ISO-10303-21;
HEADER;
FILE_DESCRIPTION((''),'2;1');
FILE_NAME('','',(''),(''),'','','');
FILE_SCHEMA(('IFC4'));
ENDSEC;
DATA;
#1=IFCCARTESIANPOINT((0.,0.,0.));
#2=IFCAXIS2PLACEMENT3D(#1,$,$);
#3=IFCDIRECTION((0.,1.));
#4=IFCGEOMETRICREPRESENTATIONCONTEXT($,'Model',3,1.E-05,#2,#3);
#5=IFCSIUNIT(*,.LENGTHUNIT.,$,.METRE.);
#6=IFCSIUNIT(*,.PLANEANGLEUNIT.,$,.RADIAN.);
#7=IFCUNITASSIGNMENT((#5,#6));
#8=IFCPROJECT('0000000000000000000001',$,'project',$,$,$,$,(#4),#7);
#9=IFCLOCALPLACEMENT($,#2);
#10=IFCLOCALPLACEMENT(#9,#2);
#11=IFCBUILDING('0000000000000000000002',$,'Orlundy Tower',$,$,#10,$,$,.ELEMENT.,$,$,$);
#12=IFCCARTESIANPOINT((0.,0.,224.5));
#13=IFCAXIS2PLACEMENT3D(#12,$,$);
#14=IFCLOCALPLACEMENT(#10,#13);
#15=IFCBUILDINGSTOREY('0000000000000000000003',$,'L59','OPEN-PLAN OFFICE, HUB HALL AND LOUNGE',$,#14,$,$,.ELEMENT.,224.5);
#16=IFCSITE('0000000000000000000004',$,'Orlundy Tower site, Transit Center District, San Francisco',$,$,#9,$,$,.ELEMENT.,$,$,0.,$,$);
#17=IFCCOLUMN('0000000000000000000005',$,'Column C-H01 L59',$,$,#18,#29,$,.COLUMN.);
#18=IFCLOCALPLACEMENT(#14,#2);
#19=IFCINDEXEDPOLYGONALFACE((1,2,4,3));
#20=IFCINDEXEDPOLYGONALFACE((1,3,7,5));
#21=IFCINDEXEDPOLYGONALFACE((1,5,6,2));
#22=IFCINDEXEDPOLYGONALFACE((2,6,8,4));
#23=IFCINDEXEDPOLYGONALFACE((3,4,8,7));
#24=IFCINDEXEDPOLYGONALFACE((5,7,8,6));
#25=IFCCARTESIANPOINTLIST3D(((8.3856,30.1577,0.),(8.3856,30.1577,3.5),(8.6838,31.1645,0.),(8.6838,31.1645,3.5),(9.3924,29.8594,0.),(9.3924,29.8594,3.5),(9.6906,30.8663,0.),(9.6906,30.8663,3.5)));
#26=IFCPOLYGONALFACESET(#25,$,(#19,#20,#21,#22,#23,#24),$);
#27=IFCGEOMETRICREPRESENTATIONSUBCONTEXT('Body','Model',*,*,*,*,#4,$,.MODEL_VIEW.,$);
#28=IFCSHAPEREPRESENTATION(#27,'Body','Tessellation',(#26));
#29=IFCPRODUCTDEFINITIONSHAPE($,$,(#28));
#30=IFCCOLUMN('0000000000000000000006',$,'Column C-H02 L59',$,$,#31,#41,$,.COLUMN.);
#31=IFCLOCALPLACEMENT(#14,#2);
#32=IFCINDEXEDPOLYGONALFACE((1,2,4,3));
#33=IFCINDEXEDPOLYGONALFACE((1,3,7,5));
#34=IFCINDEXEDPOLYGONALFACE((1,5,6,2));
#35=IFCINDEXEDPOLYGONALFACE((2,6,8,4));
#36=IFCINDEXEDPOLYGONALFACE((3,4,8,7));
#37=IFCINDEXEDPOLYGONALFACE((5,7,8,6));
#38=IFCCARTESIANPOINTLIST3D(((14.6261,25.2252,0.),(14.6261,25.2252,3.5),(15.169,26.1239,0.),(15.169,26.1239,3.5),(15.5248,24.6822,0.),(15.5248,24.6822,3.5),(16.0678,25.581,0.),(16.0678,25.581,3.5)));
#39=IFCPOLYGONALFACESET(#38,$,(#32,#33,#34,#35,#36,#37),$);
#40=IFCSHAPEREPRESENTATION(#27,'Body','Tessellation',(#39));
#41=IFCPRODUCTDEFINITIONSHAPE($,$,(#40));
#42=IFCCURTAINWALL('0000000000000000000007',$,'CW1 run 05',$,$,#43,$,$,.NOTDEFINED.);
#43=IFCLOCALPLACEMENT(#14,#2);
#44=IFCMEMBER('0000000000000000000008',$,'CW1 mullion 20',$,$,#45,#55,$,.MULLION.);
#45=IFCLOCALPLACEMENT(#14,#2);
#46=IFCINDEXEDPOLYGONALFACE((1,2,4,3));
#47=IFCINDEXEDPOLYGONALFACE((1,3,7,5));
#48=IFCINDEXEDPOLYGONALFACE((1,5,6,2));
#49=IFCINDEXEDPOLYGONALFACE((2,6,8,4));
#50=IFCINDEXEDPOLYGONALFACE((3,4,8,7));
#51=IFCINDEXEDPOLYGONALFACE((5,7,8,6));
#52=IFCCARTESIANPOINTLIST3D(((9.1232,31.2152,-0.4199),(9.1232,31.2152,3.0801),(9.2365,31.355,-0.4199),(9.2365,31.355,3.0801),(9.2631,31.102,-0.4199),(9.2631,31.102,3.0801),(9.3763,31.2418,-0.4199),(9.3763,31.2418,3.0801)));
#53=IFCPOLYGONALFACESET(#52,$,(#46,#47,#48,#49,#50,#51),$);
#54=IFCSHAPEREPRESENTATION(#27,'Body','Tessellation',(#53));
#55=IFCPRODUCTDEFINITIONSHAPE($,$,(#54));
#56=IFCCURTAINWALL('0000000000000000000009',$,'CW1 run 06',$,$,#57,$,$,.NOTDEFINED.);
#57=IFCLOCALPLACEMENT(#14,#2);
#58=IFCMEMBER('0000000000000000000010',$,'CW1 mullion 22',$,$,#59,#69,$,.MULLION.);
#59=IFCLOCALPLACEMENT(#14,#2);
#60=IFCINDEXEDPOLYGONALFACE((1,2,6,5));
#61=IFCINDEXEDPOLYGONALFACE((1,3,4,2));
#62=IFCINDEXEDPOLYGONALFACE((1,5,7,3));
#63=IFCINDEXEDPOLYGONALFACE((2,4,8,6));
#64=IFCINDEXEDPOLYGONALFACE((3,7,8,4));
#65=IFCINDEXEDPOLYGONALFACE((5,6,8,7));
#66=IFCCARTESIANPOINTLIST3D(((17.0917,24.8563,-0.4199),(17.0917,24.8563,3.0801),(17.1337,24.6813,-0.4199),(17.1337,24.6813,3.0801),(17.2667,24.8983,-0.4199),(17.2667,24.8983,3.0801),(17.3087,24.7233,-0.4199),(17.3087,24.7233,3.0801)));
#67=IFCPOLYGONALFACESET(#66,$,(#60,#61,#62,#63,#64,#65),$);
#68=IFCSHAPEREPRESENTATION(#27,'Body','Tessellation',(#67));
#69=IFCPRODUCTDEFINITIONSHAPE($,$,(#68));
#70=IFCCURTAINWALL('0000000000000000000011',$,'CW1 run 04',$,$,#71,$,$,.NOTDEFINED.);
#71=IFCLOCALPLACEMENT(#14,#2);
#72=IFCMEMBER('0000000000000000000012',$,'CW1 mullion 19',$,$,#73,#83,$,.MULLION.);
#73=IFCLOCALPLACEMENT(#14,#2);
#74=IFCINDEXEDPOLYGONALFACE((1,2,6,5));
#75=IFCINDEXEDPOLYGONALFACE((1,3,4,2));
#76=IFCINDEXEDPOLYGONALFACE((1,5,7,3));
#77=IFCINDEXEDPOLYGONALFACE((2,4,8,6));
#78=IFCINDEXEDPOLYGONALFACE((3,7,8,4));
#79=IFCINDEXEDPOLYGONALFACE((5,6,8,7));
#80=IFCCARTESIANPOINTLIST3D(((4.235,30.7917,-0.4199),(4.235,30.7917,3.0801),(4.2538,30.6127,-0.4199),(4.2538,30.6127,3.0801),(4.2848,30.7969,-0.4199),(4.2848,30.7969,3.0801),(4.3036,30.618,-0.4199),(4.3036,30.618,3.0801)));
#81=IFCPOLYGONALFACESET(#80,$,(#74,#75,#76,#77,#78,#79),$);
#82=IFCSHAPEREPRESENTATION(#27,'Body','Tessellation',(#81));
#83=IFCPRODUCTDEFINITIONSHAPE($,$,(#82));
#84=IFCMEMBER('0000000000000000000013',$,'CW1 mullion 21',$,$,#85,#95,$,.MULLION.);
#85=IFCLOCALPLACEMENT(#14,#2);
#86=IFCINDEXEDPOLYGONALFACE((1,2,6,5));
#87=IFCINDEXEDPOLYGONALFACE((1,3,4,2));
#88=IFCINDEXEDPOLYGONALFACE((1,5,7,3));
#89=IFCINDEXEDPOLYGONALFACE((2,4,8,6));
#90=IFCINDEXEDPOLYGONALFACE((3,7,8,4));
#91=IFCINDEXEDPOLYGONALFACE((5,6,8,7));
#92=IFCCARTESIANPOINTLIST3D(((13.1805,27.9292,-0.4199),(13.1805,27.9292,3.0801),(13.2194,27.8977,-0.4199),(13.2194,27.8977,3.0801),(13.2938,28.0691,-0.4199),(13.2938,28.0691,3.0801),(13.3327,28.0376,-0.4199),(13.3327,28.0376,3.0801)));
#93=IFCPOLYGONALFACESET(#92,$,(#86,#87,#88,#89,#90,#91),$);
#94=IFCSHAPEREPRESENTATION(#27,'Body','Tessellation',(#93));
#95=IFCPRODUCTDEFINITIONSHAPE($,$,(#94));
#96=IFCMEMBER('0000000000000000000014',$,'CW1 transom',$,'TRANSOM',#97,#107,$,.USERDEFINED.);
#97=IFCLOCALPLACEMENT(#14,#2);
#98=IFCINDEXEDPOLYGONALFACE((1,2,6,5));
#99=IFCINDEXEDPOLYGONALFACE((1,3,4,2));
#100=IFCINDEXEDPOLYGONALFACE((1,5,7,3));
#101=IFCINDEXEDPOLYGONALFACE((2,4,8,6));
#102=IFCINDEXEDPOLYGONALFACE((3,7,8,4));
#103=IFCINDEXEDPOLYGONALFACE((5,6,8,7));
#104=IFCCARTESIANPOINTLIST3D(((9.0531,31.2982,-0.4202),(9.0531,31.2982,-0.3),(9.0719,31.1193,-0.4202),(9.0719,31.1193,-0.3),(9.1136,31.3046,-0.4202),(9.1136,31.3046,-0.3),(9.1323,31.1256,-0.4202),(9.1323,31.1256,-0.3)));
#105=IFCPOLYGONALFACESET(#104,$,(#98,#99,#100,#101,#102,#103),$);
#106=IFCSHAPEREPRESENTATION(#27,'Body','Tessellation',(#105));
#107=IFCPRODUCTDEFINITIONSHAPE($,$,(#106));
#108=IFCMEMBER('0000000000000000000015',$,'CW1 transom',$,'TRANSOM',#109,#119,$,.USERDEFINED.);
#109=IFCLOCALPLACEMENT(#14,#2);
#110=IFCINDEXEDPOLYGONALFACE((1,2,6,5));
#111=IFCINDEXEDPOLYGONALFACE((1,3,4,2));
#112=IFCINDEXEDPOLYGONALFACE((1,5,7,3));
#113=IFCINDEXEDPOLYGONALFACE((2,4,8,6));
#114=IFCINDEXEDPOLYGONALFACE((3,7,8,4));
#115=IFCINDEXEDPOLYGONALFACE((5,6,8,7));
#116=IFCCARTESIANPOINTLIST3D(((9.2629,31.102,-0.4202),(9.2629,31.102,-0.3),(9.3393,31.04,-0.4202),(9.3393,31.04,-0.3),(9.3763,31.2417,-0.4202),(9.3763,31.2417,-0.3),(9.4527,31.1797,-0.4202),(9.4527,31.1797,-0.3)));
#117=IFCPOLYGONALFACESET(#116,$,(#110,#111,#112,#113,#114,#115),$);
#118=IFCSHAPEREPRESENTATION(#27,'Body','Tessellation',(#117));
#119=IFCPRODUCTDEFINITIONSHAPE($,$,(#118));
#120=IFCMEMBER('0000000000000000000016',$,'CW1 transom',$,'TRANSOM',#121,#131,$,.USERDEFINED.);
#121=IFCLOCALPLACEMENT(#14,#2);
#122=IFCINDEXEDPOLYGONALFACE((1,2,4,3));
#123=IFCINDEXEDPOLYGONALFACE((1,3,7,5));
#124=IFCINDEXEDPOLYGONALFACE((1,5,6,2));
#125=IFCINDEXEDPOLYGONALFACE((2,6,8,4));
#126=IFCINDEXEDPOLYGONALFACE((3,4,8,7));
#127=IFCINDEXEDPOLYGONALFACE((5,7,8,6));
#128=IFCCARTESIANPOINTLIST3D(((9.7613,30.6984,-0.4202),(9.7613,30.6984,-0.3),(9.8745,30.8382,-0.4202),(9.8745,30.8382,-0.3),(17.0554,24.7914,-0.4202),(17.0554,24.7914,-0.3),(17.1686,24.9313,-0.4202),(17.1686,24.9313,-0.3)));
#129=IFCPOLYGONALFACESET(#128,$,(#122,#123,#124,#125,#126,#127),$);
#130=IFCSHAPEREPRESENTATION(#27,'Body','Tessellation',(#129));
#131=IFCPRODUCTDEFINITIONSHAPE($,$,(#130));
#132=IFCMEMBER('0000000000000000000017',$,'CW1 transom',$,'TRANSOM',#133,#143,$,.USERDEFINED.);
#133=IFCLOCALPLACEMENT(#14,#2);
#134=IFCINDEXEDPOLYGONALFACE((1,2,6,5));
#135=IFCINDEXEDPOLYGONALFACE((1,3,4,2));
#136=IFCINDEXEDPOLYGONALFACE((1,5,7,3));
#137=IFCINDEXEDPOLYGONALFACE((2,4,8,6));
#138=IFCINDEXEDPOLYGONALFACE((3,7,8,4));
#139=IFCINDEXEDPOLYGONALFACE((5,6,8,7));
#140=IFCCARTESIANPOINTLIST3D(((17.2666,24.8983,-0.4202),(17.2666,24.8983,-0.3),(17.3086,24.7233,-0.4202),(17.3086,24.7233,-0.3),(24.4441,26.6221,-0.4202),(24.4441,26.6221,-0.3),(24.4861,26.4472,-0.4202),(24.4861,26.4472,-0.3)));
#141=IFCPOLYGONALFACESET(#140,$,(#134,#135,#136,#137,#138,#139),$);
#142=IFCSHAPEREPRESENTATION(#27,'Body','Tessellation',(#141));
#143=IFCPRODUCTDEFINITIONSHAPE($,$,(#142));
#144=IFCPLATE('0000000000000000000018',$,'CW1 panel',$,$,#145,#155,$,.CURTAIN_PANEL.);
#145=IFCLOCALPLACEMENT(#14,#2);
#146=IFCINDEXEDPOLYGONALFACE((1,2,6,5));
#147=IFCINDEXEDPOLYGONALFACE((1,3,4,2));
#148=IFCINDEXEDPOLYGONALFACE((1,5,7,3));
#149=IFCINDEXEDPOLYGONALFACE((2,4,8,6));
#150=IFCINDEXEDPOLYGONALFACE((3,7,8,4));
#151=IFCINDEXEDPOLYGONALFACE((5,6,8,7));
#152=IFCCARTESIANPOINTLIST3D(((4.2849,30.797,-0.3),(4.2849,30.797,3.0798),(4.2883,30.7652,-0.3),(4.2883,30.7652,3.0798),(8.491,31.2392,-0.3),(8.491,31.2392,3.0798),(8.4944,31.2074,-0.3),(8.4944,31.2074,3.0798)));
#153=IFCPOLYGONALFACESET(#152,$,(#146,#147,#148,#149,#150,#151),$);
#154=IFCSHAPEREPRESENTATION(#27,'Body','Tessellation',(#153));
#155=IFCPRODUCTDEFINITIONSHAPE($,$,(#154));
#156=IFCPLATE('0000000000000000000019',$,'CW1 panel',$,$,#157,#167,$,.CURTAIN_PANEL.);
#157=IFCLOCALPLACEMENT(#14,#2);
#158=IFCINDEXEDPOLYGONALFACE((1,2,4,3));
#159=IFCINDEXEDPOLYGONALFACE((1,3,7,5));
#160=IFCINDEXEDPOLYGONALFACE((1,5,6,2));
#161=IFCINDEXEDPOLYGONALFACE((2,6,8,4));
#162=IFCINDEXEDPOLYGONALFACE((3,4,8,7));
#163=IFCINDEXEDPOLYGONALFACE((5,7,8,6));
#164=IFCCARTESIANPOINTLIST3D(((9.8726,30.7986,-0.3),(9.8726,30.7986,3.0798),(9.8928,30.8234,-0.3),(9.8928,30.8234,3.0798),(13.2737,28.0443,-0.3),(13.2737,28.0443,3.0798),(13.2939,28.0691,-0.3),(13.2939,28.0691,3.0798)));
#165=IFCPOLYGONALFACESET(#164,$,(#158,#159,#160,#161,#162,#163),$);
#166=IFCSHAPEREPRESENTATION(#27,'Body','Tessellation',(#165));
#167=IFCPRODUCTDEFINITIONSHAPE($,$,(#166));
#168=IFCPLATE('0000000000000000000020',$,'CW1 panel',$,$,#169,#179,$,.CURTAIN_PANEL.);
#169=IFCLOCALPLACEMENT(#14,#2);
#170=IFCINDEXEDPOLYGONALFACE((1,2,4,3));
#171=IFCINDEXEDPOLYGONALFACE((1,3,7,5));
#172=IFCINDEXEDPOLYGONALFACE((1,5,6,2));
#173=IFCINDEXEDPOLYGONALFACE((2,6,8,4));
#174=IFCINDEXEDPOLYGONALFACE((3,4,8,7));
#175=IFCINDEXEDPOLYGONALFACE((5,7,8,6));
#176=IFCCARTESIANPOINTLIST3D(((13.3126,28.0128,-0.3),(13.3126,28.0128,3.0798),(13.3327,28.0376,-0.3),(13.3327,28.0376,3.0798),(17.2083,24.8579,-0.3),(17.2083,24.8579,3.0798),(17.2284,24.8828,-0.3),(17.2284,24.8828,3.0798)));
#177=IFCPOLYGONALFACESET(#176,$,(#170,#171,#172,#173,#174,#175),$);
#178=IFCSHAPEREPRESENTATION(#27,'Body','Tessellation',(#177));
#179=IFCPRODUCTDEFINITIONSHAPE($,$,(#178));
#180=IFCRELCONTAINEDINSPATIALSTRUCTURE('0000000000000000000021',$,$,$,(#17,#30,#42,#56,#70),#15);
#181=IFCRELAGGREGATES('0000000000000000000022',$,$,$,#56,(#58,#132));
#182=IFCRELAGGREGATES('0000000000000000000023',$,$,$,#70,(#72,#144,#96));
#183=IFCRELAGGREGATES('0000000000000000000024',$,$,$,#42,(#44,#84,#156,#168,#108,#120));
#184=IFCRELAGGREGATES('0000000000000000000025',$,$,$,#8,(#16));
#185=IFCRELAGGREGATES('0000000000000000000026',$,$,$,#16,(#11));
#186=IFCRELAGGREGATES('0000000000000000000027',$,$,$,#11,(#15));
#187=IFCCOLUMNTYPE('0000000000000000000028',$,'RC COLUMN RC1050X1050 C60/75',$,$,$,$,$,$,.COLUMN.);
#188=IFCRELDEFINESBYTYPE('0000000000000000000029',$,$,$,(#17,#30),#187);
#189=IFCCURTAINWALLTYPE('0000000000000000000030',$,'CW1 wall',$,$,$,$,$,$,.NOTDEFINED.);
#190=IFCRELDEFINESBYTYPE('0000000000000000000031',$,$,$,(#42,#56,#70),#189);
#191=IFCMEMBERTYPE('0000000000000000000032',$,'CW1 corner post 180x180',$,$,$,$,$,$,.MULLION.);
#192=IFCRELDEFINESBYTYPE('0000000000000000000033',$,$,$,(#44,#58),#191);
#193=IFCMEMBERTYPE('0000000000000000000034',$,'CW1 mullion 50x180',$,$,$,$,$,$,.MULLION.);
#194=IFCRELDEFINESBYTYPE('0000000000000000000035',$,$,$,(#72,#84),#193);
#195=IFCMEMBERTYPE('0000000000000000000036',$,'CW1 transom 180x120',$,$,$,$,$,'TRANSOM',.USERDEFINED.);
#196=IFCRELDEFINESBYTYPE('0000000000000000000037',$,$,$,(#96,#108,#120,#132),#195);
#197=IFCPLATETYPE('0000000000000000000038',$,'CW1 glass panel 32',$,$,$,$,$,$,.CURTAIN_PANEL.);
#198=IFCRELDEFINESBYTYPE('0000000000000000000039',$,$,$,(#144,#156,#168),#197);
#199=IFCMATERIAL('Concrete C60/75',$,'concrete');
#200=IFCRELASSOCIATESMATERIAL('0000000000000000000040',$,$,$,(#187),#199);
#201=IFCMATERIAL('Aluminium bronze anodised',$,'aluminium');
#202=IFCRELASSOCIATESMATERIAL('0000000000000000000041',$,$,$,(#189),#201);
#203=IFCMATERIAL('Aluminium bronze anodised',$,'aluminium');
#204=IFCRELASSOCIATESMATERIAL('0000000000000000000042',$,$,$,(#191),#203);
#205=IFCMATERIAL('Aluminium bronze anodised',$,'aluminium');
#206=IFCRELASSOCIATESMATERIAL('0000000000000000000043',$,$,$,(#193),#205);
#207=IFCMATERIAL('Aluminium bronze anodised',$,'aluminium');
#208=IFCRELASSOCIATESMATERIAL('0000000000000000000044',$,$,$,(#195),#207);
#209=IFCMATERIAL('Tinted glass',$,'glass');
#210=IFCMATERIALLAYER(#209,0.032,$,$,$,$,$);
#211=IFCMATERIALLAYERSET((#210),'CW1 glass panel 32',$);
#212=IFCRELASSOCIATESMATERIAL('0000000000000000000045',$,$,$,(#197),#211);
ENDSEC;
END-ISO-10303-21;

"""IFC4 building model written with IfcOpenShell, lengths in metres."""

from ifc_helpers import new_model, si_unit, direction, frame, origin, origin_2d, place, context, subcontext, project, spatial, rectangle, extrude, material, layer, layer_set, material_profile, profile_set, type_object, element, aggregate, save


model = new_model("IFC4")

# Units and contexts
model_context = context("Model", 3, precision=1e-05, world=origin(), true_north=direction((0.0, 1.0)))
body_context = subcontext(model_context, "Body", "Model", "MODEL_VIEW")
ifc_project = project(units=[si_unit("LENGTHUNIT", "METRE"), si_unit("PLANEANGLEUNIT", "RADIAN")], contexts=[model_context])

# Site, building, storey
site_placement = place(None, origin())
site = spatial("IfcSite", under=ifc_project, at=site_placement, Name="Orlundy Tower site, Transit Center District, San Francisco", CompositionType="ELEMENT", RefElevation=0.0)
building_placement = place(site_placement, origin())
building = spatial("IfcBuilding", under=site, at=building_placement, Name="Orlundy Tower", CompositionType="ELEMENT")
storey_placement = place(building_placement, frame((0.0, 0.0, 224.5)))
storey = spatial("IfcBuildingStorey", under=building, at=storey_placement, Name="L59", Description="OPEN-PLAN OFFICE, HUB HALL AND LOUNGE", CompositionType="ELEMENT", Elevation=224.5)

# Columns
ifc_material_1 = material(Name="Concrete C60/75", Category="concrete")
ifc_material_profile_1 = material_profile(ifc_material_1, rectangle(XDim=1.05, YDim=1.05, at=origin_2d()), Name="RC1050X1050")
ifc_profile_set_1 = profile_set([ifc_material_profile_1], Name="Concrete C60/75")
column_type = type_object("IfcColumnType", Name="RC COLUMN RC1050X1050 C60/75", PredefinedType="COLUMN", material=ifc_profile_set_1)
for number, where, z_axis, x_axis, name in (
    (1, (9.0381, 30.512, 0.0), (0.0, 0.0, 1.0), (0.284015, 0.95882, 0.0), "Column C-H01 L59"),
    (2, (15.3469, 25.4031, 0.0), (0.0, 0.0, 1.0), (0.517101, 0.855924, 0.0), "Column C-H02 L59"),
):
    element("IfcColumn", number, at=place(storey_placement, frame(where, z_axis=z_axis, x_axis=x_axis)), inside=storey, type_object=column_type, Name=name, PredefinedType="COLUMN", context=body_context, shape_type="SweptSolid", body=[
        extrude(rectangle(XDim=1.05, YDim=1.05, at=origin_2d()), origin(), (0.0, 0.0, 1.0), 3.5),
    ])

# Curtain walls, members
ifc_material_2 = material(Name="Aluminium bronze anodised", Category="aluminium")
curtain_wall_type = type_object("IfcCurtainWallType", Name="CW1 wall", PredefinedType="NOTDEFINED", material=ifc_material_2)
curtain_wall_1_placement = place(storey_placement, origin())
curtain_wall_1 = element("IfcCurtainWall", 3, at=curtain_wall_1_placement, inside=storey, type_object=curtain_wall_type, Name="CW1 run 05", PredefinedType="NOTDEFINED")
ifc_material_3 = material(Name="Aluminium bronze anodised", Category="aluminium")
ifc_material_profile_2 = material_profile(ifc_material_3, rectangle(XDim=0.1799, YDim=0.1799, at=origin_2d()), Name="CW1 corner post 180x180")
ifc_profile_set_2 = profile_set([ifc_material_profile_2], Name="Aluminium bronze anodised")
member_type_1 = type_object("IfcMemberType", Name="CW1 corner post 180x180", PredefinedType="MULLION", material=ifc_profile_set_2)
member_1_placement = place(storey_placement, frame((9.2498, 31.2285, -0.4199), z_axis=(0.0, 0.0, 1.0), x_axis=(0.629342, 0.777129, 0.0)))
member_1 = element("IfcMember", 4, at=member_1_placement, type_object=member_type_1, Name="CW1 mullion 20", PredefinedType="MULLION", context=body_context, shape_type="SweptSolid", body=[
    extrude(rectangle(XDim=0.1799, YDim=0.1799, at=origin_2d()), origin(), (0.0, 0.0, 1.0), 3.5),
])
curtain_wall_2_placement = place(storey_placement, origin())
curtain_wall_2 = element("IfcCurtainWall", 5, at=curtain_wall_2_placement, inside=storey, type_object=curtain_wall_type, Name="CW1 run 06", PredefinedType="NOTDEFINED")
member_2_placement = place(storey_placement, frame((17.2002, 24.7898, -0.4199), z_axis=(0.0, 0.0, 1.0), x_axis=(-0.233529, 0.97235, 0.0)))
member_2 = element("IfcMember", 6, at=member_2_placement, type_object=member_type_1, Name="CW1 mullion 22", PredefinedType="MULLION", context=body_context, shape_type="SweptSolid", body=[
    extrude(rectangle(XDim=0.1799, YDim=0.1799, at=origin_2d()), origin(), (0.0, 0.0, 1.0), 3.5),
])
curtain_wall_3_placement = place(storey_placement, origin())
curtain_wall_3 = element("IfcCurtainWall", 7, at=curtain_wall_3_placement, inside=storey, type_object=curtain_wall_type, Name="CW1 run 04", PredefinedType="NOTDEFINED")
ifc_material_4 = material(Name="Aluminium bronze anodised", Category="aluminium")
ifc_material_profile_3 = material_profile(ifc_material_4, rectangle(XDim=0.1799, YDim=0.05, at=origin_2d()), Name="CW1 mullion 50x180")
ifc_profile_set_3 = profile_set([ifc_material_profile_3], Name="Aluminium bronze anodised")
member_type_2 = type_object("IfcMemberType", Name="CW1 mullion 50x180", PredefinedType="MULLION", material=ifc_profile_set_3)
member_3_placement = place(storey_placement, frame((4.2693, 30.7048, -0.4199), z_axis=(0.0, 0.0, 1.0), x_axis=(-0.104538, 0.994521, 0.0)))
member_3 = element("IfcMember", 8, at=member_3_placement, type_object=member_type_2, Name="CW1 mullion 19", PredefinedType="MULLION", context=body_context, shape_type="SweptSolid", body=[
    extrude(rectangle(XDim=0.1799, YDim=0.05, at=origin_2d()), origin(), (0.0, 0.0, 1.0), 3.5),
])

# Members
member_4_placement = place(storey_placement, frame((13.2566, 27.9834, -0.4199), z_axis=(0.0, 0.0, 1.0), x_axis=(0.629342, 0.777129, 0.0)))
member_4 = element("IfcMember", 9, at=member_4_placement, type_object=member_type_2, Name="CW1 mullion 21", PredefinedType="MULLION", context=body_context, shape_type="SweptSolid", body=[
    extrude(rectangle(XDim=0.1799, YDim=0.05, at=origin_2d()), origin(), (0.0, 0.0, 1.0), 3.5),
])
ifc_material_5 = material(Name="Aluminium bronze anodised", Category="aluminium")
ifc_material_profile_4 = material_profile(ifc_material_5, rectangle(XDim=0.1799, YDim=0.1201, at=origin_2d()), Name="CW1 transom 180x120")
ifc_profile_set_4 = profile_set([ifc_material_profile_4], Name="Aluminium bronze anodised")
member_type_3 = type_object("IfcMemberType", Name="CW1 transom 180x120", ElementType="TRANSOM", PredefinedType="USERDEFINED", material=ifc_profile_set_4)
member_5_placement = place(storey_placement, frame((9.0625, 31.2087, -0.3601), z_axis=(0.994549, 0.104267, 0.0), x_axis=(-0.104267, 0.994549, 0.0)))
member_5 = element("IfcMember", 10, at=member_5_placement, type_object=member_type_3, Name="CW1 transom", ObjectType="TRANSOM", PredefinedType="USERDEFINED", context=body_context, shape_type="SweptSolid", body=[
    extrude(rectangle(XDim=0.1799, YDim=0.1201, at=origin_2d()), origin(), (0.0, 0.0, 1.0), 0.0608),
])
member_6_placement = place(storey_placement, frame((9.3196, 31.1719, -0.3601), z_axis=(0.776493, -0.630126, 0.0), x_axis=(0.630126, 0.776493, 0.0)))
member_6 = element("IfcMember", 11, at=member_6_placement, type_object=member_type_3, Name="CW1 transom", ObjectType="TRANSOM", PredefinedType="USERDEFINED", context=body_context, shape_type="SweptSolid", body=[
    extrude(rectangle(XDim=0.1799, YDim=0.1201, at=origin_2d()), origin(), (0.0, 0.0, 1.0), 0.0984),
])
member_7_placement = place(storey_placement, frame((9.8179, 30.7683, -0.3601), z_axis=(0.777132, -0.629337, 0.0), x_axis=(0.629337, 0.777132, 0.0)))
member_7 = element("IfcMember", 12, at=member_7_placement, type_object=member_type_3, Name="CW1 transom", ObjectType="TRANSOM", PredefinedType="USERDEFINED", context=body_context, shape_type="SweptSolid", body=[
    extrude(rectangle(XDim=0.1799, YDim=0.1201, at=origin_2d()), origin(), (0.0, 0.0, 1.0), 9.386),
])
member_8_placement = place(storey_placement, frame((17.2876, 24.8108, -0.3601), z_axis=(0.972348, 0.233537, 0.0), x_axis=(-0.233537, 0.972348, 0.0)))
member_8 = element("IfcMember", 13, at=member_8_placement, type_object=member_type_3, Name="CW1 transom", ObjectType="TRANSOM", PredefinedType="USERDEFINED", context=body_context, shape_type="SweptSolid", body=[
    extrude(rectangle(XDim=0.1799, YDim=0.1201, at=origin_2d()), origin(), (0.0, 0.0, 1.0), 7.3816),
])
aggregate(curtain_wall_2, [member_2, member_8])

# Plates
ifc_material_6 = material(Name="Tinted glass", Category="glass")
ifc_layer_1 = layer(ifc_material_6, 0.032)
ifc_layer_set_1 = layer_set([ifc_layer_1], Name="CW1 glass panel 32")
plate_type = type_object("IfcPlateType", Name="CW1 glass panel 32", PredefinedType="CURTAIN_PANEL", material=ifc_layer_set_1)
plate_1_placement = place(storey_placement, frame((6.3896, 31.0022, -0.3), z_axis=(0.0, 0.0, 1.0), x_axis=(0.994521, 0.104538, 0.0)))
plate_1 = element("IfcPlate", 14, at=plate_1_placement, type_object=plate_type, Name="CW1 panel", PredefinedType="CURTAIN_PANEL", context=body_context, shape_type="SweptSolid", body=[
    extrude(rectangle(XDim=4.2292, YDim=0.032, at=origin_2d()), origin(), (0.0, 0.0, 1.0), 3.3799),
])
aggregate(curtain_wall_3, [member_3, plate_1, member_5])
plate_2_placement = place(storey_placement, frame((11.5833, 29.4338, -0.3), z_axis=(0.0, 0.0, 1.0), x_axis=(0.777129, -0.629342, 0.0)))
plate_2 = element("IfcPlate", 15, at=plate_2_placement, type_object=plate_type, Name="CW1 panel", PredefinedType="CURTAIN_PANEL", context=body_context, shape_type="SweptSolid", body=[
    extrude(rectangle(XDim=4.3765, YDim=0.032, at=origin_2d()), origin(), (0.0, 0.0, 1.0), 3.3799),
])
plate_3_placement = place(storey_placement, frame((15.2705, 26.4478, -0.3), z_axis=(0.0, 0.0, 1.0), x_axis=(0.777129, -0.629342, 0.0)))
plate_3 = element("IfcPlate", 16, at=plate_3_placement, type_object=plate_type, Name="CW1 panel", PredefinedType="CURTAIN_PANEL", context=body_context, shape_type="SweptSolid", body=[
    extrude(rectangle(XDim=5.0129, YDim=0.032, at=origin_2d()), origin(), (0.0, 0.0, 1.0), 3.3799),
])
aggregate(curtain_wall_1, [member_1, member_4, plate_2, plate_3, member_6, member_7])

save(model, "model.ifc")
